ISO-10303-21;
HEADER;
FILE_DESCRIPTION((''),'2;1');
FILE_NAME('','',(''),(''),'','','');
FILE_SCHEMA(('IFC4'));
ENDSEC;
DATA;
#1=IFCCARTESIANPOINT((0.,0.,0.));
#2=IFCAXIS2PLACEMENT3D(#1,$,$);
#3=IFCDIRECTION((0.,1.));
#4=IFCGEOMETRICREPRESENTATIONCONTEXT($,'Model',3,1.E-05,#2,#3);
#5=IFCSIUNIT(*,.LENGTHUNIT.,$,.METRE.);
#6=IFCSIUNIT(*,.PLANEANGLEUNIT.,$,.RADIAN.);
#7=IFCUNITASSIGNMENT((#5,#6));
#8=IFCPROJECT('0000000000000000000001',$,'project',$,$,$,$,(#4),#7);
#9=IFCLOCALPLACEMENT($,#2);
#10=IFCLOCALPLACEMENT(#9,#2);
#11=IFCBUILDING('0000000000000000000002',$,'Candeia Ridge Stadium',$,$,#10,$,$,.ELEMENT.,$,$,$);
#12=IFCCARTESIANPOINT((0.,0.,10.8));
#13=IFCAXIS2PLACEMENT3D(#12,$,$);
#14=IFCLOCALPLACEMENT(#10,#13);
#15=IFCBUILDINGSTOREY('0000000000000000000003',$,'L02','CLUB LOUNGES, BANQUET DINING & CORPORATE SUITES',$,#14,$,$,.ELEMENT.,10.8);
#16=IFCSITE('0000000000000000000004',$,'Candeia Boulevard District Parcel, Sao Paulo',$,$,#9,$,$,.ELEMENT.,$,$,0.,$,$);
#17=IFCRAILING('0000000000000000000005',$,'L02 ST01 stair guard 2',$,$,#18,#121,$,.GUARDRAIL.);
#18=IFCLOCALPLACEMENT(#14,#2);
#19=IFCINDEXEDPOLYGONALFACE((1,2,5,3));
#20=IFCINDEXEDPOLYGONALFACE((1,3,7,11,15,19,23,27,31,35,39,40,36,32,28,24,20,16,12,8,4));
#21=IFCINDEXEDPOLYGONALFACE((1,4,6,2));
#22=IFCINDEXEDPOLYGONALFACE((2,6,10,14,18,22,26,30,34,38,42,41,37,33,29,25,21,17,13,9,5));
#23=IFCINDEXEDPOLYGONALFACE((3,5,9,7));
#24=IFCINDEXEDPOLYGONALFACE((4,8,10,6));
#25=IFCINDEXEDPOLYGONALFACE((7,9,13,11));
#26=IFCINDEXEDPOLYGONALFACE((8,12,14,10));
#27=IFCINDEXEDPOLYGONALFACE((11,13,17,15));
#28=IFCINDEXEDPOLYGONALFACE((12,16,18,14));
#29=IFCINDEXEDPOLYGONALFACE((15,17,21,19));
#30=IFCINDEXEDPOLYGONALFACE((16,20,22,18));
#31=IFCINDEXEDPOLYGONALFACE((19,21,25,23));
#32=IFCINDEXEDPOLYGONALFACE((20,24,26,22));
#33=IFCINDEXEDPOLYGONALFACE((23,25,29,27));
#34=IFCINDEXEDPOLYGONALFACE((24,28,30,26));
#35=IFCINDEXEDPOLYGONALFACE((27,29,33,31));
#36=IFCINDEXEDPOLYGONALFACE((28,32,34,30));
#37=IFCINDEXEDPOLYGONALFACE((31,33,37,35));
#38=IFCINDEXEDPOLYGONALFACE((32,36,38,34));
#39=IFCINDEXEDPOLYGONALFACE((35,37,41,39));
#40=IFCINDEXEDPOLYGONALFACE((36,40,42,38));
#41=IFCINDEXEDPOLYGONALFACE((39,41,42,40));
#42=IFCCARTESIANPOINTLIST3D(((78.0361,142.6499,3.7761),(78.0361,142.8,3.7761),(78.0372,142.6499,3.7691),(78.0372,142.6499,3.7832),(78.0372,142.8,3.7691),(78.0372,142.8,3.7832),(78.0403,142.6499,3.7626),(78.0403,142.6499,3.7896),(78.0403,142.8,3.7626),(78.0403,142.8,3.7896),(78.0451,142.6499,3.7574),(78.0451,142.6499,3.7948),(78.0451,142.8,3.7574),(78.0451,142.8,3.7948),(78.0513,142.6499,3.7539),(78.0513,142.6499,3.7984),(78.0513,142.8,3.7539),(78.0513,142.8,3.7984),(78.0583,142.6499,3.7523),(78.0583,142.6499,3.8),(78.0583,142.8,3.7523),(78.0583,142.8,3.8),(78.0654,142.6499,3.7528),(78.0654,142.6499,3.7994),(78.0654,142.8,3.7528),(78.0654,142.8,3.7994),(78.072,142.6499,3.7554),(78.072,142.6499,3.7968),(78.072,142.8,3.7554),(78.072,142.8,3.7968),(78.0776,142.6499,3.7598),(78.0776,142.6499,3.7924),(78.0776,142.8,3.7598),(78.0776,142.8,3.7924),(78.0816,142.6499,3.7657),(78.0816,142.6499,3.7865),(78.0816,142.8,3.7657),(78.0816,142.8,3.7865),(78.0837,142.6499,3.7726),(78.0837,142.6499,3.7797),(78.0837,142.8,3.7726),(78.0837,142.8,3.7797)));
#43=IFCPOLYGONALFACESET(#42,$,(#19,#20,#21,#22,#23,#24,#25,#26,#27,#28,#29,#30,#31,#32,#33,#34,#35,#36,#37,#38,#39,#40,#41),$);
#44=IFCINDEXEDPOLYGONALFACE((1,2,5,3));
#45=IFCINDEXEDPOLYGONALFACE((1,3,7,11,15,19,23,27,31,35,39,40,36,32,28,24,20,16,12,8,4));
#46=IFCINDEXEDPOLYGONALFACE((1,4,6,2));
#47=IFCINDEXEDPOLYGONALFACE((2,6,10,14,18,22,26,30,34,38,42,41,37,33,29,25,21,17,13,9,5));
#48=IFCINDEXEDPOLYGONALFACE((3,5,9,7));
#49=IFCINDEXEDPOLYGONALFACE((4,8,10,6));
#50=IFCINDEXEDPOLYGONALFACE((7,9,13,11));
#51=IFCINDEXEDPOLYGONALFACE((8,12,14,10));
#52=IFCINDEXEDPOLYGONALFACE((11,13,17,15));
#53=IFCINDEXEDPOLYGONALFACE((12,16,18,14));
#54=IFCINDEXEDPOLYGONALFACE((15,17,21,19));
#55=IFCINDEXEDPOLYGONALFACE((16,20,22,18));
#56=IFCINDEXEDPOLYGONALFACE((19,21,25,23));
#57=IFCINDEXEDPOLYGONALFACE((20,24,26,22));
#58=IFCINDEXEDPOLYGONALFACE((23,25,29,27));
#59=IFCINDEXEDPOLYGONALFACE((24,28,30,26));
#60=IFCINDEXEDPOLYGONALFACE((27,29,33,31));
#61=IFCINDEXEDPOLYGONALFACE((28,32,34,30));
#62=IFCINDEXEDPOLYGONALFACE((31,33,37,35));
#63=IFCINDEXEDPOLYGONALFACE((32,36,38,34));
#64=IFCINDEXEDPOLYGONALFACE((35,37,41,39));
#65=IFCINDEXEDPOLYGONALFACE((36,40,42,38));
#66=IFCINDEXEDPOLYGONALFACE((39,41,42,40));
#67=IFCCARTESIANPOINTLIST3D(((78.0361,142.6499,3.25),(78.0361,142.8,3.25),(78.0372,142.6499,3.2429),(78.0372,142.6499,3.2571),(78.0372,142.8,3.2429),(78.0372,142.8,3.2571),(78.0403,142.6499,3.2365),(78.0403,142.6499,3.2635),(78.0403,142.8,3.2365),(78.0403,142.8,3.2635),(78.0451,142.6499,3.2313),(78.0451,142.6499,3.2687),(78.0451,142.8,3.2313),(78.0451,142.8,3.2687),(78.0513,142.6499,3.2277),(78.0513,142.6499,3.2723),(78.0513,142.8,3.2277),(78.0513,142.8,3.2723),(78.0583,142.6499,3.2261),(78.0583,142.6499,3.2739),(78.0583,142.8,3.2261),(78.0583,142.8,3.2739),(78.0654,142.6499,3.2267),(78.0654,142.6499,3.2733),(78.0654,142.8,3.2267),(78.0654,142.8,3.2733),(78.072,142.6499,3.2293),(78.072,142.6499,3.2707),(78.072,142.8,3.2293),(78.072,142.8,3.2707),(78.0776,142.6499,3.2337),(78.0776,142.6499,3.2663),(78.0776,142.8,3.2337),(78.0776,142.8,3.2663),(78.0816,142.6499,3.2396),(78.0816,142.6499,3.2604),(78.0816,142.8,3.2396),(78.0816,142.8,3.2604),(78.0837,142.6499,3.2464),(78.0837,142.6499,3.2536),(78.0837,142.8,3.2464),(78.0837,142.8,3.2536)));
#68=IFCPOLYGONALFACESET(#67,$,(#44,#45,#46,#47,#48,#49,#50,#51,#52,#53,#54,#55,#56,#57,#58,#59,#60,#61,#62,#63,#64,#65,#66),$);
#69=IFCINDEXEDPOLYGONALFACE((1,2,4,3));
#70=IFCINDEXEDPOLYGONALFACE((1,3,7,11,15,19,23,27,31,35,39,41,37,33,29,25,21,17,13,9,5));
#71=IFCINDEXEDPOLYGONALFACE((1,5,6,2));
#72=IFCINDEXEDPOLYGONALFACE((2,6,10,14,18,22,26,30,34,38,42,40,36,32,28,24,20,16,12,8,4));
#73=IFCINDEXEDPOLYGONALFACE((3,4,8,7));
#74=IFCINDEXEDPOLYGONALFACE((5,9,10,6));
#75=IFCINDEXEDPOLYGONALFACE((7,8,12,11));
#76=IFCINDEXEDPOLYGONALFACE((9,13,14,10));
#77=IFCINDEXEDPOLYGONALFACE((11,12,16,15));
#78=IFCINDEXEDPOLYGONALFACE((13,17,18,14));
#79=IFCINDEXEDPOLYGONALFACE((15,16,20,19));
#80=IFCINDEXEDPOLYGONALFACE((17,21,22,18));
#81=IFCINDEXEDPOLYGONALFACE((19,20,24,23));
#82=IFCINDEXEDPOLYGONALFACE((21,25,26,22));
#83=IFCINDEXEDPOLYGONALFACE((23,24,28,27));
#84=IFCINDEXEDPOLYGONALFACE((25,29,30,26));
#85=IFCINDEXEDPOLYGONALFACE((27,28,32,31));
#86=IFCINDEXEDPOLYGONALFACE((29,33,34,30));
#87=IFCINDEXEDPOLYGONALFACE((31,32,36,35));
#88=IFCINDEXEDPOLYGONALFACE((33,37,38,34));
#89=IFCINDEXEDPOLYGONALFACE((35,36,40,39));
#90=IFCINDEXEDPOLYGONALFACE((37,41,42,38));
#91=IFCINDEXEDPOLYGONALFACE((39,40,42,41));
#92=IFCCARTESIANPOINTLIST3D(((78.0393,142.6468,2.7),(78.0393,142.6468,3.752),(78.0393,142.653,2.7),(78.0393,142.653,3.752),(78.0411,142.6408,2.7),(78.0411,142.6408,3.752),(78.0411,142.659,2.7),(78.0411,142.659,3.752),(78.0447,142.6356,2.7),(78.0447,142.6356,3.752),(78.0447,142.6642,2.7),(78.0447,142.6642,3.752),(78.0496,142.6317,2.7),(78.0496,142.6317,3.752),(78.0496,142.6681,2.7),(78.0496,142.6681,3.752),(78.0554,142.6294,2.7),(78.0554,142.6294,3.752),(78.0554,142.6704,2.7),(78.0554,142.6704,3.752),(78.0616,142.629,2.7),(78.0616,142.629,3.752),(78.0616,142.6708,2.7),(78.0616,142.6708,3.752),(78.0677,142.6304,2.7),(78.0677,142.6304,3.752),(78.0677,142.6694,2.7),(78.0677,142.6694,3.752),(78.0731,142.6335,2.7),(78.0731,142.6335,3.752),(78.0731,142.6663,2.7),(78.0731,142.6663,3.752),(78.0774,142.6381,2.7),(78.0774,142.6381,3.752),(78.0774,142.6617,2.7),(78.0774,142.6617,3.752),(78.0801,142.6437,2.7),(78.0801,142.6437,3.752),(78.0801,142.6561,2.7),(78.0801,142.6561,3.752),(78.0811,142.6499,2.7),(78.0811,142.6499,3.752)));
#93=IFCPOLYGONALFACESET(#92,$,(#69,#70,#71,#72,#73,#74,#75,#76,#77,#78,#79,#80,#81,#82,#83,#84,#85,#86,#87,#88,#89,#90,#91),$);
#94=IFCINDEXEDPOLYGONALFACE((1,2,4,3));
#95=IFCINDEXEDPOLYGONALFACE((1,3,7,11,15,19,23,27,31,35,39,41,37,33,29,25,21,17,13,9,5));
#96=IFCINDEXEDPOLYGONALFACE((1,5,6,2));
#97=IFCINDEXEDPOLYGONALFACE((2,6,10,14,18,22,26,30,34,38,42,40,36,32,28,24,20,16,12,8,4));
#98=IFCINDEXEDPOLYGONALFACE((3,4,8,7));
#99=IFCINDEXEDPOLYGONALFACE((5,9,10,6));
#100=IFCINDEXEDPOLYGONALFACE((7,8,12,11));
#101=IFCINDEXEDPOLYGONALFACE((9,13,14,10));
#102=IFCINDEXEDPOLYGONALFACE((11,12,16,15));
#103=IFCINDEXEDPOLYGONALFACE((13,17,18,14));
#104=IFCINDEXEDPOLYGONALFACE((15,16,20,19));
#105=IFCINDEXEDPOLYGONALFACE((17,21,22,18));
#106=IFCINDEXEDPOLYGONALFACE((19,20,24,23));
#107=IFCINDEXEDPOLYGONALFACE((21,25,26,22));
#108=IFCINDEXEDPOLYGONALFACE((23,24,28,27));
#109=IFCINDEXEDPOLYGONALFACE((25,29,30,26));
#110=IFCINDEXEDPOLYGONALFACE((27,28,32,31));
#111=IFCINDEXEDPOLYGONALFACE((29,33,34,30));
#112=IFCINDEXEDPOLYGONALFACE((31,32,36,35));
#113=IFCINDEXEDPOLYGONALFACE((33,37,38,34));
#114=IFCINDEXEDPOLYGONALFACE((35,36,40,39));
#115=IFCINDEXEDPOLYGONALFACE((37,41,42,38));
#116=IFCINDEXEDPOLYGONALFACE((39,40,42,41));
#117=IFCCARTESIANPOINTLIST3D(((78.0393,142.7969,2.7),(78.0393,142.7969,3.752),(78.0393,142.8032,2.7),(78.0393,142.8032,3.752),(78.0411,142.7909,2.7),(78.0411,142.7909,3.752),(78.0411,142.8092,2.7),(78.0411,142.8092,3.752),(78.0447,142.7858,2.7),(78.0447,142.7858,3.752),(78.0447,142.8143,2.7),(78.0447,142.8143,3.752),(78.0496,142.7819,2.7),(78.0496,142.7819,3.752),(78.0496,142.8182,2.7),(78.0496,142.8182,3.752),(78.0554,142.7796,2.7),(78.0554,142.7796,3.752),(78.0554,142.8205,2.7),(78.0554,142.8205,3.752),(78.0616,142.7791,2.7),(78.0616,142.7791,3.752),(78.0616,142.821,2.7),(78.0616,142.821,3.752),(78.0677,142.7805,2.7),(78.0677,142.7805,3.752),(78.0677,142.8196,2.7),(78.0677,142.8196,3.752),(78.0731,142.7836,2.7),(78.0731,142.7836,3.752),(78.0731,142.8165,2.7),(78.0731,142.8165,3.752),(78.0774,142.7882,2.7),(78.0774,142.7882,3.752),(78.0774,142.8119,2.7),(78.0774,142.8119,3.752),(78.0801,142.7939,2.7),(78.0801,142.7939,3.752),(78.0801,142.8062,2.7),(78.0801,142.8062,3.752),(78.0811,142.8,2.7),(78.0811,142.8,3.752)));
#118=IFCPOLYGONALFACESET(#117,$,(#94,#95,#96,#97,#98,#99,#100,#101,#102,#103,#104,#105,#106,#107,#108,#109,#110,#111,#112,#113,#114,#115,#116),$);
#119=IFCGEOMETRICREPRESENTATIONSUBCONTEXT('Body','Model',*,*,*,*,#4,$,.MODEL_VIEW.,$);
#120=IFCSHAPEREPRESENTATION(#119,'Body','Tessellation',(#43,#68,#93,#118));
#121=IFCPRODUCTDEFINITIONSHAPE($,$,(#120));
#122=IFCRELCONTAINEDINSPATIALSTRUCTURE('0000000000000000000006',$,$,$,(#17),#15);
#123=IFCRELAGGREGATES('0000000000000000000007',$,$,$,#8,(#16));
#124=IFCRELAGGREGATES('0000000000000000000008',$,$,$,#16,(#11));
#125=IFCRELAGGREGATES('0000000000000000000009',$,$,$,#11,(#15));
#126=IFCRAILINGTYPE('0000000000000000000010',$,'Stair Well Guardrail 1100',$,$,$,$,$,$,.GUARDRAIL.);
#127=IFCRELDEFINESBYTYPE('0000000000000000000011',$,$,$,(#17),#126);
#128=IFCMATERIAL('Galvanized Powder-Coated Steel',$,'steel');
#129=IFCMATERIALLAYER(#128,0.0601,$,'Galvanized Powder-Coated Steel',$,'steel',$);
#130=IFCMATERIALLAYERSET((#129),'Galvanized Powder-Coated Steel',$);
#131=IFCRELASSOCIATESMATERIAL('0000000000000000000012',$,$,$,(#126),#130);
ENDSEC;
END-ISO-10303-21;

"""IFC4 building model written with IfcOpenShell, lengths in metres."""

from ifc_helpers import new_model, si_unit, direction, frame, origin, origin_2d, place, context, subcontext, project, spatial, circle, extrude, material, layer, layer_set, type_object, element, save


model = new_model("IFC4")

# Units and contexts
model_context = context("Model", 3, precision=1e-05, world=origin(), true_north=direction((0.0, 1.0)))
body_context = subcontext(model_context, "Body", "Model", "MODEL_VIEW")
ifc_project = project(units=[si_unit("LENGTHUNIT", "METRE"), si_unit("PLANEANGLEUNIT", "RADIAN")], contexts=[model_context])

# Site, building, storey
site_placement = place(None, origin())
site = spatial("IfcSite", under=ifc_project, at=site_placement, Name="Candeia Boulevard District Parcel, Sao Paulo", CompositionType="ELEMENT", RefElevation=0.0)
building_placement = place(site_placement, origin())
building = spatial("IfcBuilding", under=site, at=building_placement, Name="Candeia Ridge Stadium", CompositionType="ELEMENT")
storey_placement = place(building_placement, frame((0.0, 0.0, 10.8)))
storey = spatial("IfcBuildingStorey", under=building, at=storey_placement, Name="L02", Description="CLUB LOUNGES, BANQUET DINING & CORPORATE SUITES", CompositionType="ELEMENT", Elevation=10.8)

# Railing
ifc_material_1 = material(Name="Galvanized Powder-Coated Steel", Category="steel")
ifc_layer_1 = layer(ifc_material_1, 0.0601, Name="Galvanized Powder-Coated Steel", Category="steel")
ifc_layer_set_1 = layer_set([ifc_layer_1], Name="Galvanized Powder-Coated Steel")
railing_type_1 = type_object("IfcRailingType", Name="Stair Well Guardrail 1100", PredefinedType="GUARDRAIL", material=ifc_layer_set_1)
railing_1_placement = place(storey_placement, frame((78.0601, 142.6499, 2.7)))
element("IfcRailing", 1, at=railing_1_placement, inside=storey, type_object=railing_type_1, Name="L02 ST01 stair guard 2", PredefinedType="GUARDRAIL", context=body_context, shape_type="SweptSolid", body=[
    extrude(circle(Radius=0.0239, at=origin_2d()), frame((0.0, 0.0, 1.0762), z_axis=(0.0, 1.0, 0.0), x_axis=(-1.0, 0.0, 0.0)), (0.0, 0.0, 1.0), 0.1501),
    extrude(circle(Radius=0.0239, at=origin_2d()), frame((0.0, 0.0, 0.55), z_axis=(0.0, 1.0, 0.0), x_axis=(-1.0, 0.0, 0.0)), (0.0, 0.0, 1.0), 0.1501),
    extrude(circle(Radius=0.021, at=origin_2d()), origin(), (0.0, 0.0, 1.0), 1.052),
    extrude(circle(Radius=0.021, at=origin_2d()), frame((0.0, 0.1501, 0.0)), (0.0, 0.0, 1.0), 1.052),
])

save(model, "model.ifc")
